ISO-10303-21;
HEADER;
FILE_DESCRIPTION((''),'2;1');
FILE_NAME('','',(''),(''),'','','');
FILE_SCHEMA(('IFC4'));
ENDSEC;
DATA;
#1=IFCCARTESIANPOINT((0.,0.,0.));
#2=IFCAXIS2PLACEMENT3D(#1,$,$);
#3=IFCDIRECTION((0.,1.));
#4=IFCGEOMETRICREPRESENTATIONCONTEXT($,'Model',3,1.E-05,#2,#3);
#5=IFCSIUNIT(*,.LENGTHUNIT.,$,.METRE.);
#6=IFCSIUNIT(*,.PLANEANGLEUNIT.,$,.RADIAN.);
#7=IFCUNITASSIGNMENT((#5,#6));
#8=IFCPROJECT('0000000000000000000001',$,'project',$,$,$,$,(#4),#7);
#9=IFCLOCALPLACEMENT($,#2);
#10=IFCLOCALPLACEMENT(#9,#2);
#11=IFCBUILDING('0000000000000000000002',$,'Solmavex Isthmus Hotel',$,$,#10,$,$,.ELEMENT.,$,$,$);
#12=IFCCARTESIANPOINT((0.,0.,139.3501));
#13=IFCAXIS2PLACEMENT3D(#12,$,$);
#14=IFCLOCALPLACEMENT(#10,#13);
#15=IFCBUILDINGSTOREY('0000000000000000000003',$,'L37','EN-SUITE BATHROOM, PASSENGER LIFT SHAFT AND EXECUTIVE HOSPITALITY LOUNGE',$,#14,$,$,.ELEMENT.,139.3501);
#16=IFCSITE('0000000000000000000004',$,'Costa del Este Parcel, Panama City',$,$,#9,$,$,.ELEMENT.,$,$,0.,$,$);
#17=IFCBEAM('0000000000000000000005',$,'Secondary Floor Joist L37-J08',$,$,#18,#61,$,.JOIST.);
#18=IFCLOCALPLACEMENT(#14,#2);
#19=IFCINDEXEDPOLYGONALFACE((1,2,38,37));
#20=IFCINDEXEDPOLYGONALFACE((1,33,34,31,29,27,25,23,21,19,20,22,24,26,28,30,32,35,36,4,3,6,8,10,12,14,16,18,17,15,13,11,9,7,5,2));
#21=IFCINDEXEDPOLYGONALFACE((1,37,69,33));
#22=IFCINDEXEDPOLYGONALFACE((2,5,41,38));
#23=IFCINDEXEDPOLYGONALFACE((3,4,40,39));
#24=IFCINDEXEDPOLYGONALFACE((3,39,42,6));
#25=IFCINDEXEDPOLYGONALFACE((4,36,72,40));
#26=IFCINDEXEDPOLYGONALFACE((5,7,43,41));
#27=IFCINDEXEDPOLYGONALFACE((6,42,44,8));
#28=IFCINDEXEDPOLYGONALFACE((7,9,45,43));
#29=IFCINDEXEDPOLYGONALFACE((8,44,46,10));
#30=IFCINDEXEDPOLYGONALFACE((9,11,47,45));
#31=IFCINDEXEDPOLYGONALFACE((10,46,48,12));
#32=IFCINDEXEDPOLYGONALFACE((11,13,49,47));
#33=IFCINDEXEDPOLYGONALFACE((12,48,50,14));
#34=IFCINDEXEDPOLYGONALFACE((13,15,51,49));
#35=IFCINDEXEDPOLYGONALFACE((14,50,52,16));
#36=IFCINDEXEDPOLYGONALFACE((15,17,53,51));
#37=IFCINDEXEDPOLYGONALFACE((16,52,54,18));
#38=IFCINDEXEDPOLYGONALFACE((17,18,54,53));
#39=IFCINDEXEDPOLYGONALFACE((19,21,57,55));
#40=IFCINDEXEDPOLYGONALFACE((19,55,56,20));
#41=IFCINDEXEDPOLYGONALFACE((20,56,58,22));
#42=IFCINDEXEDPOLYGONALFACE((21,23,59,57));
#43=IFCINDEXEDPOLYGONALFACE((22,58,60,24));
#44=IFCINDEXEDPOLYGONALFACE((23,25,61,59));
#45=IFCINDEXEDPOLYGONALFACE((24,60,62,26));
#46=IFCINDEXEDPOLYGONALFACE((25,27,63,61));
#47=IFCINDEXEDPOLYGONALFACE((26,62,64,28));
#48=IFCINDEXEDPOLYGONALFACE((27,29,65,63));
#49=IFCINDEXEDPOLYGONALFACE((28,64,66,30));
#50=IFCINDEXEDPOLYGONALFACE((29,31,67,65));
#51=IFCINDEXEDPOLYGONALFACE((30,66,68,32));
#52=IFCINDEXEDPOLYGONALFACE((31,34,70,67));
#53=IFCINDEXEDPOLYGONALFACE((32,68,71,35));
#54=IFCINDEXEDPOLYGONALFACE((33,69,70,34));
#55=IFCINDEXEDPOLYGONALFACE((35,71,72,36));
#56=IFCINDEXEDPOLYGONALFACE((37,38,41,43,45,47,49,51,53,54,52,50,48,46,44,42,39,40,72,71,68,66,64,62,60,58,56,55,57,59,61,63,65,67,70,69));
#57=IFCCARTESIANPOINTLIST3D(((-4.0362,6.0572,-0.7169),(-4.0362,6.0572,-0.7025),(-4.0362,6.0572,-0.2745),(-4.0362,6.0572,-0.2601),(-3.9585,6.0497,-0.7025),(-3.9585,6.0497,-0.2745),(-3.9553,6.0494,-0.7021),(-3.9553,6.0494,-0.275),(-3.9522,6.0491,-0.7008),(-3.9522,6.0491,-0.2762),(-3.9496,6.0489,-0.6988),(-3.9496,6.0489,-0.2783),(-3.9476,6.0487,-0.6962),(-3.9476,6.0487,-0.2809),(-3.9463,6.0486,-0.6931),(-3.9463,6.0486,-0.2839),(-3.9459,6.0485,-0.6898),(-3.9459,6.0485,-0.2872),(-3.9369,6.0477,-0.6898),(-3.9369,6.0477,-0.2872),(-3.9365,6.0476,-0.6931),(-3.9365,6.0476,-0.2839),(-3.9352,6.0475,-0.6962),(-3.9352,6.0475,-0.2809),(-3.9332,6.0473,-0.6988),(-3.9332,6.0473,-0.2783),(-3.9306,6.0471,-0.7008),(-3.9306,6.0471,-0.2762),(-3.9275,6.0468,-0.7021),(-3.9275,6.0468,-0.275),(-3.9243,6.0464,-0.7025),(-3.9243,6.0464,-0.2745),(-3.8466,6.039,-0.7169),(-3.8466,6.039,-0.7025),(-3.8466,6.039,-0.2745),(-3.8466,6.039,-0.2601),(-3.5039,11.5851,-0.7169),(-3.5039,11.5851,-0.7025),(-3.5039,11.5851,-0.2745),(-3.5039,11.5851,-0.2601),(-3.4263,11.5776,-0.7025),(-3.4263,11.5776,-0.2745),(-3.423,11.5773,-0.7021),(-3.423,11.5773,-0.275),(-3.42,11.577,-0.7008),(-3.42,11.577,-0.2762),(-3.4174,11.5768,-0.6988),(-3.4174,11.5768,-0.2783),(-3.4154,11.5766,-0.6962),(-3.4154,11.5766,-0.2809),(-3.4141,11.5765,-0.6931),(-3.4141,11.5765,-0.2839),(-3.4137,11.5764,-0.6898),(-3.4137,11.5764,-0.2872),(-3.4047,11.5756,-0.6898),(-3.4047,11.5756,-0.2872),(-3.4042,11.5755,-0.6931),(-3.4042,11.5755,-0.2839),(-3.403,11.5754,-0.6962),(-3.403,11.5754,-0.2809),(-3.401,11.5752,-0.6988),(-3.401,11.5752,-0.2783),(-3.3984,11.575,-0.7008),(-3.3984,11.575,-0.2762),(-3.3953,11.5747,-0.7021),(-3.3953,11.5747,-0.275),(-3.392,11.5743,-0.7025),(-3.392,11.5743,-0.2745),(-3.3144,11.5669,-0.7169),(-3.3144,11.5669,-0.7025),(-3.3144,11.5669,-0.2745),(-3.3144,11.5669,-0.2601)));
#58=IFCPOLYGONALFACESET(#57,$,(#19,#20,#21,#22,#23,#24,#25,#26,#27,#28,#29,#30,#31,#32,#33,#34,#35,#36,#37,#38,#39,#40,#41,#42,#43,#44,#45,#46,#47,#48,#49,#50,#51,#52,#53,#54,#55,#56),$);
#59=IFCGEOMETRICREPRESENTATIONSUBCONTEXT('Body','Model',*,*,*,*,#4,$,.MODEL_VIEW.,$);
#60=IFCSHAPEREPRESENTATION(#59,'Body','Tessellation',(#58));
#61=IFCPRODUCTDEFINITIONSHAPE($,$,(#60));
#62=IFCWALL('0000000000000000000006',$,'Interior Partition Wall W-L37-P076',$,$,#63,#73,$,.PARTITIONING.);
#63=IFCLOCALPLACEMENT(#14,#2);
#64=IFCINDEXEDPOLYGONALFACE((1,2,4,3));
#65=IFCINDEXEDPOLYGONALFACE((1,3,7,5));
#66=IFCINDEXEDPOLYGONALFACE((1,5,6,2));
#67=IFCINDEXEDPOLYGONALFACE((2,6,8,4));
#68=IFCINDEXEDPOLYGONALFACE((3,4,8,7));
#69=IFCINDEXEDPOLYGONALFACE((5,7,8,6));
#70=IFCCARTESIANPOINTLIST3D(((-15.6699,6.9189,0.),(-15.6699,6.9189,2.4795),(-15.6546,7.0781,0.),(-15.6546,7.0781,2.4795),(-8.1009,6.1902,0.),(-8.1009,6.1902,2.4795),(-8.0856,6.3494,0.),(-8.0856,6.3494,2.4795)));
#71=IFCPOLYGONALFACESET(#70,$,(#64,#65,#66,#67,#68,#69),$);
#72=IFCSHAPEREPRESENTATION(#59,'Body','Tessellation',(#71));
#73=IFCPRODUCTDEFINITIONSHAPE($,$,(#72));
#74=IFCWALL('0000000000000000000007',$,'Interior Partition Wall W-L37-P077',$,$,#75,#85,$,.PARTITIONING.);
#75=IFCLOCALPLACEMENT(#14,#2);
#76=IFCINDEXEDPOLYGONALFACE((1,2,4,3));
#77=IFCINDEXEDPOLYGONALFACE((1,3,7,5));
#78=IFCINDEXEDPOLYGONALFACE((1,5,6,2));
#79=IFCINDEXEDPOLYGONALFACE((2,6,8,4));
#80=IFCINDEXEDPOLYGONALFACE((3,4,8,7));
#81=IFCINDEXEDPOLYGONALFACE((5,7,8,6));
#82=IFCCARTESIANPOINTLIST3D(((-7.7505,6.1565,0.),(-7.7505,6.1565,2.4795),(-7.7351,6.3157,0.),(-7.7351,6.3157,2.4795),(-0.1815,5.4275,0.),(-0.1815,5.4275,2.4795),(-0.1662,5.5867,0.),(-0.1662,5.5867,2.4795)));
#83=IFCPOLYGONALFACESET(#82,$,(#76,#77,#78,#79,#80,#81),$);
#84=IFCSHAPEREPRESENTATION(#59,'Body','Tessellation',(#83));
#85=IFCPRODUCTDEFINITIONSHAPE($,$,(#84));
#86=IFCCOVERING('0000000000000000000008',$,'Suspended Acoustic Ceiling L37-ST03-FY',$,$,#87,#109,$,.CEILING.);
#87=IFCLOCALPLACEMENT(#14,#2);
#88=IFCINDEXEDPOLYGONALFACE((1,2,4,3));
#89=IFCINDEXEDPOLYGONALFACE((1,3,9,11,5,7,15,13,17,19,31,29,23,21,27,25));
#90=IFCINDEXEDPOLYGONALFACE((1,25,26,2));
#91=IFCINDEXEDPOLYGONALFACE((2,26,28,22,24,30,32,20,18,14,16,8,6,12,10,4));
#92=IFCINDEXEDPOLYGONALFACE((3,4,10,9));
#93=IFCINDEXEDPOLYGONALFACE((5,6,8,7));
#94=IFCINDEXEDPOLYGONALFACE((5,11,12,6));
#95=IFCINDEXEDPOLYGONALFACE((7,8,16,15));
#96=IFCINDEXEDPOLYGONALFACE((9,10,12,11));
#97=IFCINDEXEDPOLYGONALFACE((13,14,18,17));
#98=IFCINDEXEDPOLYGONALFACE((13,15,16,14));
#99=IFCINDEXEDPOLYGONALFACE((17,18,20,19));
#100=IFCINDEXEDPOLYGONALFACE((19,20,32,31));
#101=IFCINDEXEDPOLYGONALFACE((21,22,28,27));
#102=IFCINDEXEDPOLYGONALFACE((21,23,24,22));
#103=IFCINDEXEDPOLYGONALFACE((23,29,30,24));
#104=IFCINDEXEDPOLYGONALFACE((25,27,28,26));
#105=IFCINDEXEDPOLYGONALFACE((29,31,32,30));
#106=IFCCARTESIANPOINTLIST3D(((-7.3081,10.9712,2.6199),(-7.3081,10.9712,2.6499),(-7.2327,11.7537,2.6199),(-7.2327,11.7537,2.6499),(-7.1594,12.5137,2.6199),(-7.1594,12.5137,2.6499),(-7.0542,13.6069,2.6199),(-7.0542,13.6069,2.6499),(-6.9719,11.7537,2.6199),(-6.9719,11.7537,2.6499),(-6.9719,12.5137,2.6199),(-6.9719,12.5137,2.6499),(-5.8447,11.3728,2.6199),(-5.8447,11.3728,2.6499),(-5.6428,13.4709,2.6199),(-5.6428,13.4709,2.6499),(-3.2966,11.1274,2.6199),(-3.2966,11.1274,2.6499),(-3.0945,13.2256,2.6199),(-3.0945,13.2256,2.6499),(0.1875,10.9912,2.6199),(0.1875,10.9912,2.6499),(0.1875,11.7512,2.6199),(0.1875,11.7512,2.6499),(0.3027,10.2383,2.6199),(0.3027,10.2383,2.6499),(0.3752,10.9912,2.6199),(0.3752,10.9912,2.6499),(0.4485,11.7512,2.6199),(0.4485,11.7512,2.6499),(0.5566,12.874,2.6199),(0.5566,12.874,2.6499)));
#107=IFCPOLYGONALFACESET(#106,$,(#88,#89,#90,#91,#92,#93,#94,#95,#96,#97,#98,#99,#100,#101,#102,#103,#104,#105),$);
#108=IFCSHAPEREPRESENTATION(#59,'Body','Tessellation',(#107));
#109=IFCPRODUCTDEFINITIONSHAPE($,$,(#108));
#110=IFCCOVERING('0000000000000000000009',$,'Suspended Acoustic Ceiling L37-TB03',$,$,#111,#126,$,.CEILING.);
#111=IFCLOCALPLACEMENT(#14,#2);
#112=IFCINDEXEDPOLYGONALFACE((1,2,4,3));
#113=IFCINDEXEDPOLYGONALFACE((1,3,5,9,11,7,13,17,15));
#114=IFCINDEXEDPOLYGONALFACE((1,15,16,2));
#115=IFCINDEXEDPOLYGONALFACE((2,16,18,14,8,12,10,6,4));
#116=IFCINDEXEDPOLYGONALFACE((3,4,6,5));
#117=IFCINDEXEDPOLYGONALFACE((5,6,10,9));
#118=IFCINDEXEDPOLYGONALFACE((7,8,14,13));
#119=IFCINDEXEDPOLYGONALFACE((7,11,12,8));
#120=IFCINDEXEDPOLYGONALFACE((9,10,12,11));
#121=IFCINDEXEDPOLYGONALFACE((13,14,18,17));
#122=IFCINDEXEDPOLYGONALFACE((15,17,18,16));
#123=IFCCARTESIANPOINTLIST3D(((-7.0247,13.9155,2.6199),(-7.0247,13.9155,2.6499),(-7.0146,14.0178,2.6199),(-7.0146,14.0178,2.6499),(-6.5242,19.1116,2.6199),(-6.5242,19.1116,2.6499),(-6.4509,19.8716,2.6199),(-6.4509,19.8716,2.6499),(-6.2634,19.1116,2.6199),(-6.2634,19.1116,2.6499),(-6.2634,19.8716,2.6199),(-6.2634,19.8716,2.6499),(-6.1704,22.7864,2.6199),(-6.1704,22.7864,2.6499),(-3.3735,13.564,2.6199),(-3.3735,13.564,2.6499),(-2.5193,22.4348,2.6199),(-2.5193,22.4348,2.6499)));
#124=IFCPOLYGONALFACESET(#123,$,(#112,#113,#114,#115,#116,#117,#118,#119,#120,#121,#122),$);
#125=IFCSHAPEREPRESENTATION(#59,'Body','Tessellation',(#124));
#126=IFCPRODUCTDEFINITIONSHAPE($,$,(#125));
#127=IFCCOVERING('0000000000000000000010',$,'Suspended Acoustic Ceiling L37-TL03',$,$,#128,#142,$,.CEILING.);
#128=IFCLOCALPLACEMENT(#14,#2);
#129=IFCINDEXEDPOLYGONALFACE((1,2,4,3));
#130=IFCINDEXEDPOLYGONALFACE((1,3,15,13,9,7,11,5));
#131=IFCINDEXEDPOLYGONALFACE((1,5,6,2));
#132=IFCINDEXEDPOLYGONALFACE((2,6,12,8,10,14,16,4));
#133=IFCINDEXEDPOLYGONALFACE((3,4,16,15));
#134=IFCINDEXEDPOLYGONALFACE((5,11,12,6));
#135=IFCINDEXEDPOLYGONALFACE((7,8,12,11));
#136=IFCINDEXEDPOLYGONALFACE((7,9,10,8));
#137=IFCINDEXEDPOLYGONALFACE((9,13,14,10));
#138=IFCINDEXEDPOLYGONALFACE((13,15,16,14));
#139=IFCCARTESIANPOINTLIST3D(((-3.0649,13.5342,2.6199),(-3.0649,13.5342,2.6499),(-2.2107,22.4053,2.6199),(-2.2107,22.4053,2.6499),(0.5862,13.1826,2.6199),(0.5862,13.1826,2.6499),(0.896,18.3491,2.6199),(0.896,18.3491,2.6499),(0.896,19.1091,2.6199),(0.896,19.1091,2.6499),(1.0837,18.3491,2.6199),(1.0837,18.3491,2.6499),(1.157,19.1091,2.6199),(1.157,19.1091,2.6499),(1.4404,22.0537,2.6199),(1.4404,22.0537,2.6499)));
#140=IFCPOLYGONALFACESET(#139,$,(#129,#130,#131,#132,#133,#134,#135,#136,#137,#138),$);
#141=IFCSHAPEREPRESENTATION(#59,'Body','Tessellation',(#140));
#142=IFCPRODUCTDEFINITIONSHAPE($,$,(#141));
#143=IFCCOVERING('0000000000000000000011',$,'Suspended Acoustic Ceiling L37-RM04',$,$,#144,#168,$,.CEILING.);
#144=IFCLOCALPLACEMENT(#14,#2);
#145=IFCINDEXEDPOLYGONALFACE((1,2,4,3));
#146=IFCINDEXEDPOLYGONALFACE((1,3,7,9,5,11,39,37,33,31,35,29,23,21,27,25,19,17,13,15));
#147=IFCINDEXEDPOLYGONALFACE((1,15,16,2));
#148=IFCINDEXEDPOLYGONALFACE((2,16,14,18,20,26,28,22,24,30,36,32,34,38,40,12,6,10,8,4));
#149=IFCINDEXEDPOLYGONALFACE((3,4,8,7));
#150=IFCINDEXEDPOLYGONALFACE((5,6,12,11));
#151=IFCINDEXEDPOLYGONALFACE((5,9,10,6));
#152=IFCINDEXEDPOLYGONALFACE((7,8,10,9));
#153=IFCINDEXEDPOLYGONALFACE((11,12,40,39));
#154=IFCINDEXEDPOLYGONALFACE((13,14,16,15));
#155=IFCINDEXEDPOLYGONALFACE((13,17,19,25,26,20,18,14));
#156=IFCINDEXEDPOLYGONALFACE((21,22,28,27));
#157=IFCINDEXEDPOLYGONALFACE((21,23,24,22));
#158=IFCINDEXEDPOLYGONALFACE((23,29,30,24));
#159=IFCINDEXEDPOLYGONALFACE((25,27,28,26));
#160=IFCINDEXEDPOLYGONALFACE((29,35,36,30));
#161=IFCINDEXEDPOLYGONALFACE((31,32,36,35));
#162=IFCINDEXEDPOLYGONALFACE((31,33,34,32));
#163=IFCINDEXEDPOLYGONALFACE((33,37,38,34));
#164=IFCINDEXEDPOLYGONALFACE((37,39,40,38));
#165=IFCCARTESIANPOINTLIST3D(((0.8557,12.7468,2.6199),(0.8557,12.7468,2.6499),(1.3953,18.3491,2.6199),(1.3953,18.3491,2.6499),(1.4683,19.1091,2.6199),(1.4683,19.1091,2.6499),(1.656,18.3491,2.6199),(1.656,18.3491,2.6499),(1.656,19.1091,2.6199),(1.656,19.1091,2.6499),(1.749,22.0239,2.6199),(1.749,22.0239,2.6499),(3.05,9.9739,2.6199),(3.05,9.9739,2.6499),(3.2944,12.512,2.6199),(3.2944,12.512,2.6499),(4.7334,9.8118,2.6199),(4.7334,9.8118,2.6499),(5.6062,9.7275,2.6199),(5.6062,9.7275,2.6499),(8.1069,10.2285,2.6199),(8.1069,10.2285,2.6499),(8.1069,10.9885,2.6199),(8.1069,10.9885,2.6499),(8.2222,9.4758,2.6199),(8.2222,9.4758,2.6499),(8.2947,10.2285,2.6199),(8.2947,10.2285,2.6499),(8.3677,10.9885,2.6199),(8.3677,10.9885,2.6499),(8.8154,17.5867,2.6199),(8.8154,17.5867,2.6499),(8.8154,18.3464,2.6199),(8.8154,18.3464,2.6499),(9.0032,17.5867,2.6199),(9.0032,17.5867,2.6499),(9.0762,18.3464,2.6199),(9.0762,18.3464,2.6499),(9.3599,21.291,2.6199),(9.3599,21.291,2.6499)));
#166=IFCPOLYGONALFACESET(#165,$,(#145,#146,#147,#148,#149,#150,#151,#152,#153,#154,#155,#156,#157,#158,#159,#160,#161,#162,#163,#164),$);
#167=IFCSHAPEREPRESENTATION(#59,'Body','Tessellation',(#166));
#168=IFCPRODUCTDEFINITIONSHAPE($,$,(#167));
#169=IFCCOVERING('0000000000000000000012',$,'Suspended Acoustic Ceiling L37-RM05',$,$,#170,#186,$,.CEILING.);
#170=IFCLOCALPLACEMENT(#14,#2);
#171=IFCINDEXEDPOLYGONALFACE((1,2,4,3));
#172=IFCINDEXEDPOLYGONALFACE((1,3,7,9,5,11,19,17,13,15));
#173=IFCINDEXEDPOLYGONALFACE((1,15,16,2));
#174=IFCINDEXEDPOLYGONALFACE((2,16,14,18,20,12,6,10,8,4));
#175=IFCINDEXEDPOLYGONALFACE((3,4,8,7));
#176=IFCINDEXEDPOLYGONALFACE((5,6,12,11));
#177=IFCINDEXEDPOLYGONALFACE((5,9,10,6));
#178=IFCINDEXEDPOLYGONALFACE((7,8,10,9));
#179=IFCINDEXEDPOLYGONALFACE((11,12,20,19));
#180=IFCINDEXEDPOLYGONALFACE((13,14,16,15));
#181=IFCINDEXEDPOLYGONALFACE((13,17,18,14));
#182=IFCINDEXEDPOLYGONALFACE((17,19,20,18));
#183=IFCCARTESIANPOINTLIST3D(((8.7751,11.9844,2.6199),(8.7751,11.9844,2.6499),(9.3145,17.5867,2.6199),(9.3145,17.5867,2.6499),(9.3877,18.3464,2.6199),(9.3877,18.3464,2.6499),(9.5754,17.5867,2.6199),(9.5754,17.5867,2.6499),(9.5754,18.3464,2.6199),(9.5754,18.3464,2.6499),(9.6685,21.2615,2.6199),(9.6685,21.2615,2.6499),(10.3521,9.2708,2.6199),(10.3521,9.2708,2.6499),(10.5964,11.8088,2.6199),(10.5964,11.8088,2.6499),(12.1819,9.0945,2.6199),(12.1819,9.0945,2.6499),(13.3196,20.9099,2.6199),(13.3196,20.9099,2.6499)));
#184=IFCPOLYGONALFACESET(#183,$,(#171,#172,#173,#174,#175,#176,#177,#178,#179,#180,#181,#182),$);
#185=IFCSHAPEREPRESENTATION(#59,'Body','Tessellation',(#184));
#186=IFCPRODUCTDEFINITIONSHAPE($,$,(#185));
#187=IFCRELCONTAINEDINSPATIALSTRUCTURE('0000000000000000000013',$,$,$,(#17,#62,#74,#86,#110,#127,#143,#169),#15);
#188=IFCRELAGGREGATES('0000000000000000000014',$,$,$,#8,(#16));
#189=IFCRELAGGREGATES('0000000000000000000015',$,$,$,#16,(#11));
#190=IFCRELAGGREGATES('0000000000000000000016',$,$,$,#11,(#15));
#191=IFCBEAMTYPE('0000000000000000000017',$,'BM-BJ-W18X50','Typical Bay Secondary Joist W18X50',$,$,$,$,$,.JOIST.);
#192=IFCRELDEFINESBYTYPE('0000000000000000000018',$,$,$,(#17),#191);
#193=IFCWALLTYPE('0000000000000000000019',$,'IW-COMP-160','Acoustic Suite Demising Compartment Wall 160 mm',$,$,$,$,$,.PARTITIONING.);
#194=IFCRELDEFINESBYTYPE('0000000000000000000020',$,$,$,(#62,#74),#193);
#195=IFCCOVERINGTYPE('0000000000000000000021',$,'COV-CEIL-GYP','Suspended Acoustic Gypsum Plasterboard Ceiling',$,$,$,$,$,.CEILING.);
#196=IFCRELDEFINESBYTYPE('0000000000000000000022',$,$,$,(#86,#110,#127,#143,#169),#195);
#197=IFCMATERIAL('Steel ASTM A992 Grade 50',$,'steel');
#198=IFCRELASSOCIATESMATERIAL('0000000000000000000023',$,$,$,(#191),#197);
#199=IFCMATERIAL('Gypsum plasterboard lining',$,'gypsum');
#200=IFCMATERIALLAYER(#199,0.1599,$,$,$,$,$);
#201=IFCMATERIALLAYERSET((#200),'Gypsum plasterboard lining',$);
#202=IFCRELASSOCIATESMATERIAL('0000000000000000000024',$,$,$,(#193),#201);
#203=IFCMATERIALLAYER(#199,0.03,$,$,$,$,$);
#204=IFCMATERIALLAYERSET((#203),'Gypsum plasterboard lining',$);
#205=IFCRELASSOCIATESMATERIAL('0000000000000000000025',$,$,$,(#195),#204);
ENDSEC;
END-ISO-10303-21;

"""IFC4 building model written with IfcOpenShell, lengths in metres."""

from ifc_helpers import new_model, si_unit, direction, frame, frame_2d, origin, origin_2d, place, context, subcontext, project, spatial, polyline, rectangle, i_section, outline, extrude, material, layer, layer_set, material_profile, profile_set, type_object, element, save


model = new_model("IFC4")

# Units and contexts
model_context = context("Model", 3, precision=1e-05, world=origin(), true_north=direction((0.0, 1.0)))
body_context = subcontext(model_context, "Body", "Model", "MODEL_VIEW")
ifc_project = project(units=[si_unit("LENGTHUNIT", "METRE"), si_unit("PLANEANGLEUNIT", "RADIAN")], contexts=[model_context])

# Site, building, storey
site_placement = place(None, origin())
site = spatial("IfcSite", under=ifc_project, at=site_placement, Name="Costa del Este Parcel, Panama City", CompositionType="ELEMENT", RefElevation=0.0)
building_placement = place(site_placement, origin())
building = spatial("IfcBuilding", under=site, at=building_placement, Name="Solmavex Isthmus Hotel", CompositionType="ELEMENT")
storey_placement = place(building_placement, frame((0.0, 0.0, 139.3501)))
storey = spatial("IfcBuildingStorey", under=building, at=storey_placement, Name="L37", Description="EN-SUITE BATHROOM, PASSENGER LIFT SHAFT AND EXECUTIVE HOSPITALITY LOUNGE", CompositionType="ELEMENT", Elevation=139.3501)

# Beam
ifc_material_1 = material(Name="Steel ASTM A992 Grade 50", Category="steel")
ifc_material_profile_1 = material_profile(ifc_material_1, i_section(OverallWidth=0.1904, OverallDepth=0.4568, WebThickness=0.009, FlangeThickness=0.0144, FilletRadius=0.0127, at=origin_2d()), Name="W18X50")
ifc_profile_set_1 = profile_set([ifc_material_profile_1], Name="Steel ASTM A992 Grade 50")
beam_type_1 = type_object("IfcBeamType", Name="BM-BJ-W18X50", Description="Typical Bay Secondary Joist W18X50", PredefinedType="JOIST", material=ifc_profile_set_1)
beam_1_placement = place(storey_placement, frame((-3.9414, 6.0481, -0.4885), z_axis=(0.095838, 0.995397, 0.0), x_axis=(-0.995397, 0.095838, 0.0)))
element("IfcBeam", 1, at=beam_1_placement, inside=storey, type_object=beam_type_1, Name="Secondary Floor Joist L37-J08", PredefinedType="JOIST", context=body_context, shape_type="SweptSolid", body=[
    extrude(i_section(OverallWidth=0.1904, OverallDepth=0.4568, WebThickness=0.009, FlangeThickness=0.0144, FilletRadius=0.0127, at=origin_2d()), origin(), (0.0, 0.0, 1.0), 5.5535),
])

# Walls
ifc_material_2 = material(Name="Gypsum plasterboard lining", Category="gypsum")
ifc_layer_1 = layer(ifc_material_2, 0.1599)
ifc_layer_set_1 = layer_set([ifc_layer_1], Name="Gypsum plasterboard lining")
wall_type = type_object("IfcWallType", Name="IW-COMP-160", Description="Acoustic Suite Demising Compartment Wall 160 mm", PredefinedType="PARTITIONING", material=ifc_layer_set_1)
for number, where, z_axis, x_axis, name in (
    (2, (-8.0933, 6.2698, 0.0), (0.0, 0.0, 1.0), (-0.995397, 0.095838, 0.0), "Interior Partition Wall W-L37-P076"),
    (3, (-0.1738, 5.5071, 0.0), (0.0, 0.0, 1.0), (-0.995394, 0.09587, 0.0), "Interior Partition Wall W-L37-P077"),
):
    element("IfcWall", number, at=place(storey_placement, frame(where, z_axis=z_axis, x_axis=x_axis)), inside=storey, type_object=wall_type, Name=name, PredefinedType="PARTITIONING", context=body_context, shape_type="SweptSolid", body=[
        extrude(rectangle(XDim=7.604, YDim=0.1599, at=frame_2d((3.802, 0.0))), origin(), (0.0, 0.0, 1.0), 2.4795),
    ])

# Coverings
ifc_layer_2 = layer(ifc_material_2, 0.03)
ifc_layer_set_2 = layer_set([ifc_layer_2], Name="Gypsum plasterboard lining")
covering_type_1 = type_object("IfcCoveringType", Name="COV-CEIL-GYP", Description="Suspended Acoustic Gypsum Plasterboard Ceiling", PredefinedType="CEILING", material=ifc_layer_set_2)
covering_1_placement = place(storey_placement, frame((0.0, 0.0, 2.6199)))
element("IfcCovering", 4, at=covering_1_placement, inside=storey, type_object=covering_type_1, Name="Suspended Acoustic Ceiling L37-ST03-FY", PredefinedType="CEILING", context=body_context, shape_type="SweptSolid", body=[
    extrude(outline(polyline([(-3.0945, 13.2256), (-3.2966, 11.1274), (-5.8447, 11.3728), (-5.6428, 13.4709), (-7.0542, 13.6069), (-7.1594, 12.5137), (-6.9719, 12.5137), (-6.9719, 11.7537), (-7.2327, 11.7537), (-7.3081, 10.9712), (0.3027, 10.2383), (0.3752, 10.9912), (0.1875, 10.9912), (0.1875, 11.7512), (0.4485, 11.7512), (0.5566, 12.874), (-3.0945, 13.2256)])), origin(), (0.0, 0.0, 1.0), 0.03),
])
covering_2_placement = place(storey_placement, frame((0.0, 0.0, 2.6199)))
element("IfcCovering", 5, at=covering_2_placement, inside=storey, type_object=covering_type_1, Name="Suspended Acoustic Ceiling L37-TB03", PredefinedType="CEILING", context=body_context, shape_type="SweptSolid", body=[
    extrude(outline(polyline([(-6.4509, 19.8716), (-6.2634, 19.8716), (-6.2634, 19.1116), (-6.5242, 19.1116), (-7.0146, 14.0178), (-7.0247, 13.9155), (-3.3735, 13.564), (-2.5193, 22.4348), (-6.1704, 22.7864), (-6.4509, 19.8716)])), origin(), (0.0, 0.0, 1.0), 0.03),
])
covering_3_placement = place(storey_placement, frame((0.0, 0.0, 2.6199)))
element("IfcCovering", 6, at=covering_3_placement, inside=storey, type_object=covering_type_1, Name="Suspended Acoustic Ceiling L37-TL03", PredefinedType="CEILING", context=body_context, shape_type="SweptSolid", body=[
    extrude(outline(polyline([(1.0837, 18.3491), (0.896, 18.3491), (0.896, 19.1091), (1.157, 19.1091), (1.4404, 22.0537), (-2.2107, 22.4053), (-3.0649, 13.5342), (0.5862, 13.1826), (1.0837, 18.3491)])), origin(), (0.0, 0.0, 1.0), 0.03),
])
covering_4_placement = place(storey_placement, frame((0.0, 0.0, 2.6199)))
element("IfcCovering", 7, at=covering_4_placement, inside=storey, type_object=covering_type_1, Name="Suspended Acoustic Ceiling L37-RM04", PredefinedType="CEILING", context=body_context, shape_type="SweptSolid", body=[
    extrude(outline(polyline([(1.4683, 19.1091), (1.656, 19.1091), (1.656, 18.3491), (1.3953, 18.3491), (0.8557, 12.7468), (3.2944, 12.512), (3.05, 9.9739), (4.7334, 9.8118), (5.6062, 9.7275), (8.2222, 9.4758), (8.2947, 10.2285), (8.1069, 10.2285), (8.1069, 10.9885), (8.3677, 10.9885), (9.0032, 17.5867), (8.8154, 17.5867), (8.8154, 18.3464), (9.0762, 18.3464), (9.3599, 21.291), (1.749, 22.0239), (1.4683, 19.1091)])), origin(), (0.0, 0.0, 1.0), 0.03),
])
covering_5_placement = place(storey_placement, frame((0.0, 0.0, 2.6199)))
element("IfcCovering", 8, at=covering_5_placement, inside=storey, type_object=covering_type_1, Name="Suspended Acoustic Ceiling L37-RM05", PredefinedType="CEILING", context=body_context, shape_type="SweptSolid", body=[
    extrude(outline(polyline([(9.3877, 18.3464), (9.5754, 18.3464), (9.5754, 17.5867), (9.3145, 17.5867), (8.7751, 11.9844), (10.5964, 11.8088), (10.3521, 9.2708), (12.1819, 9.0945), (13.3196, 20.9099), (9.6685, 21.2615), (9.3877, 18.3464)])), origin(), (0.0, 0.0, 1.0), 0.03),
])

save(model, "model.ifc")
